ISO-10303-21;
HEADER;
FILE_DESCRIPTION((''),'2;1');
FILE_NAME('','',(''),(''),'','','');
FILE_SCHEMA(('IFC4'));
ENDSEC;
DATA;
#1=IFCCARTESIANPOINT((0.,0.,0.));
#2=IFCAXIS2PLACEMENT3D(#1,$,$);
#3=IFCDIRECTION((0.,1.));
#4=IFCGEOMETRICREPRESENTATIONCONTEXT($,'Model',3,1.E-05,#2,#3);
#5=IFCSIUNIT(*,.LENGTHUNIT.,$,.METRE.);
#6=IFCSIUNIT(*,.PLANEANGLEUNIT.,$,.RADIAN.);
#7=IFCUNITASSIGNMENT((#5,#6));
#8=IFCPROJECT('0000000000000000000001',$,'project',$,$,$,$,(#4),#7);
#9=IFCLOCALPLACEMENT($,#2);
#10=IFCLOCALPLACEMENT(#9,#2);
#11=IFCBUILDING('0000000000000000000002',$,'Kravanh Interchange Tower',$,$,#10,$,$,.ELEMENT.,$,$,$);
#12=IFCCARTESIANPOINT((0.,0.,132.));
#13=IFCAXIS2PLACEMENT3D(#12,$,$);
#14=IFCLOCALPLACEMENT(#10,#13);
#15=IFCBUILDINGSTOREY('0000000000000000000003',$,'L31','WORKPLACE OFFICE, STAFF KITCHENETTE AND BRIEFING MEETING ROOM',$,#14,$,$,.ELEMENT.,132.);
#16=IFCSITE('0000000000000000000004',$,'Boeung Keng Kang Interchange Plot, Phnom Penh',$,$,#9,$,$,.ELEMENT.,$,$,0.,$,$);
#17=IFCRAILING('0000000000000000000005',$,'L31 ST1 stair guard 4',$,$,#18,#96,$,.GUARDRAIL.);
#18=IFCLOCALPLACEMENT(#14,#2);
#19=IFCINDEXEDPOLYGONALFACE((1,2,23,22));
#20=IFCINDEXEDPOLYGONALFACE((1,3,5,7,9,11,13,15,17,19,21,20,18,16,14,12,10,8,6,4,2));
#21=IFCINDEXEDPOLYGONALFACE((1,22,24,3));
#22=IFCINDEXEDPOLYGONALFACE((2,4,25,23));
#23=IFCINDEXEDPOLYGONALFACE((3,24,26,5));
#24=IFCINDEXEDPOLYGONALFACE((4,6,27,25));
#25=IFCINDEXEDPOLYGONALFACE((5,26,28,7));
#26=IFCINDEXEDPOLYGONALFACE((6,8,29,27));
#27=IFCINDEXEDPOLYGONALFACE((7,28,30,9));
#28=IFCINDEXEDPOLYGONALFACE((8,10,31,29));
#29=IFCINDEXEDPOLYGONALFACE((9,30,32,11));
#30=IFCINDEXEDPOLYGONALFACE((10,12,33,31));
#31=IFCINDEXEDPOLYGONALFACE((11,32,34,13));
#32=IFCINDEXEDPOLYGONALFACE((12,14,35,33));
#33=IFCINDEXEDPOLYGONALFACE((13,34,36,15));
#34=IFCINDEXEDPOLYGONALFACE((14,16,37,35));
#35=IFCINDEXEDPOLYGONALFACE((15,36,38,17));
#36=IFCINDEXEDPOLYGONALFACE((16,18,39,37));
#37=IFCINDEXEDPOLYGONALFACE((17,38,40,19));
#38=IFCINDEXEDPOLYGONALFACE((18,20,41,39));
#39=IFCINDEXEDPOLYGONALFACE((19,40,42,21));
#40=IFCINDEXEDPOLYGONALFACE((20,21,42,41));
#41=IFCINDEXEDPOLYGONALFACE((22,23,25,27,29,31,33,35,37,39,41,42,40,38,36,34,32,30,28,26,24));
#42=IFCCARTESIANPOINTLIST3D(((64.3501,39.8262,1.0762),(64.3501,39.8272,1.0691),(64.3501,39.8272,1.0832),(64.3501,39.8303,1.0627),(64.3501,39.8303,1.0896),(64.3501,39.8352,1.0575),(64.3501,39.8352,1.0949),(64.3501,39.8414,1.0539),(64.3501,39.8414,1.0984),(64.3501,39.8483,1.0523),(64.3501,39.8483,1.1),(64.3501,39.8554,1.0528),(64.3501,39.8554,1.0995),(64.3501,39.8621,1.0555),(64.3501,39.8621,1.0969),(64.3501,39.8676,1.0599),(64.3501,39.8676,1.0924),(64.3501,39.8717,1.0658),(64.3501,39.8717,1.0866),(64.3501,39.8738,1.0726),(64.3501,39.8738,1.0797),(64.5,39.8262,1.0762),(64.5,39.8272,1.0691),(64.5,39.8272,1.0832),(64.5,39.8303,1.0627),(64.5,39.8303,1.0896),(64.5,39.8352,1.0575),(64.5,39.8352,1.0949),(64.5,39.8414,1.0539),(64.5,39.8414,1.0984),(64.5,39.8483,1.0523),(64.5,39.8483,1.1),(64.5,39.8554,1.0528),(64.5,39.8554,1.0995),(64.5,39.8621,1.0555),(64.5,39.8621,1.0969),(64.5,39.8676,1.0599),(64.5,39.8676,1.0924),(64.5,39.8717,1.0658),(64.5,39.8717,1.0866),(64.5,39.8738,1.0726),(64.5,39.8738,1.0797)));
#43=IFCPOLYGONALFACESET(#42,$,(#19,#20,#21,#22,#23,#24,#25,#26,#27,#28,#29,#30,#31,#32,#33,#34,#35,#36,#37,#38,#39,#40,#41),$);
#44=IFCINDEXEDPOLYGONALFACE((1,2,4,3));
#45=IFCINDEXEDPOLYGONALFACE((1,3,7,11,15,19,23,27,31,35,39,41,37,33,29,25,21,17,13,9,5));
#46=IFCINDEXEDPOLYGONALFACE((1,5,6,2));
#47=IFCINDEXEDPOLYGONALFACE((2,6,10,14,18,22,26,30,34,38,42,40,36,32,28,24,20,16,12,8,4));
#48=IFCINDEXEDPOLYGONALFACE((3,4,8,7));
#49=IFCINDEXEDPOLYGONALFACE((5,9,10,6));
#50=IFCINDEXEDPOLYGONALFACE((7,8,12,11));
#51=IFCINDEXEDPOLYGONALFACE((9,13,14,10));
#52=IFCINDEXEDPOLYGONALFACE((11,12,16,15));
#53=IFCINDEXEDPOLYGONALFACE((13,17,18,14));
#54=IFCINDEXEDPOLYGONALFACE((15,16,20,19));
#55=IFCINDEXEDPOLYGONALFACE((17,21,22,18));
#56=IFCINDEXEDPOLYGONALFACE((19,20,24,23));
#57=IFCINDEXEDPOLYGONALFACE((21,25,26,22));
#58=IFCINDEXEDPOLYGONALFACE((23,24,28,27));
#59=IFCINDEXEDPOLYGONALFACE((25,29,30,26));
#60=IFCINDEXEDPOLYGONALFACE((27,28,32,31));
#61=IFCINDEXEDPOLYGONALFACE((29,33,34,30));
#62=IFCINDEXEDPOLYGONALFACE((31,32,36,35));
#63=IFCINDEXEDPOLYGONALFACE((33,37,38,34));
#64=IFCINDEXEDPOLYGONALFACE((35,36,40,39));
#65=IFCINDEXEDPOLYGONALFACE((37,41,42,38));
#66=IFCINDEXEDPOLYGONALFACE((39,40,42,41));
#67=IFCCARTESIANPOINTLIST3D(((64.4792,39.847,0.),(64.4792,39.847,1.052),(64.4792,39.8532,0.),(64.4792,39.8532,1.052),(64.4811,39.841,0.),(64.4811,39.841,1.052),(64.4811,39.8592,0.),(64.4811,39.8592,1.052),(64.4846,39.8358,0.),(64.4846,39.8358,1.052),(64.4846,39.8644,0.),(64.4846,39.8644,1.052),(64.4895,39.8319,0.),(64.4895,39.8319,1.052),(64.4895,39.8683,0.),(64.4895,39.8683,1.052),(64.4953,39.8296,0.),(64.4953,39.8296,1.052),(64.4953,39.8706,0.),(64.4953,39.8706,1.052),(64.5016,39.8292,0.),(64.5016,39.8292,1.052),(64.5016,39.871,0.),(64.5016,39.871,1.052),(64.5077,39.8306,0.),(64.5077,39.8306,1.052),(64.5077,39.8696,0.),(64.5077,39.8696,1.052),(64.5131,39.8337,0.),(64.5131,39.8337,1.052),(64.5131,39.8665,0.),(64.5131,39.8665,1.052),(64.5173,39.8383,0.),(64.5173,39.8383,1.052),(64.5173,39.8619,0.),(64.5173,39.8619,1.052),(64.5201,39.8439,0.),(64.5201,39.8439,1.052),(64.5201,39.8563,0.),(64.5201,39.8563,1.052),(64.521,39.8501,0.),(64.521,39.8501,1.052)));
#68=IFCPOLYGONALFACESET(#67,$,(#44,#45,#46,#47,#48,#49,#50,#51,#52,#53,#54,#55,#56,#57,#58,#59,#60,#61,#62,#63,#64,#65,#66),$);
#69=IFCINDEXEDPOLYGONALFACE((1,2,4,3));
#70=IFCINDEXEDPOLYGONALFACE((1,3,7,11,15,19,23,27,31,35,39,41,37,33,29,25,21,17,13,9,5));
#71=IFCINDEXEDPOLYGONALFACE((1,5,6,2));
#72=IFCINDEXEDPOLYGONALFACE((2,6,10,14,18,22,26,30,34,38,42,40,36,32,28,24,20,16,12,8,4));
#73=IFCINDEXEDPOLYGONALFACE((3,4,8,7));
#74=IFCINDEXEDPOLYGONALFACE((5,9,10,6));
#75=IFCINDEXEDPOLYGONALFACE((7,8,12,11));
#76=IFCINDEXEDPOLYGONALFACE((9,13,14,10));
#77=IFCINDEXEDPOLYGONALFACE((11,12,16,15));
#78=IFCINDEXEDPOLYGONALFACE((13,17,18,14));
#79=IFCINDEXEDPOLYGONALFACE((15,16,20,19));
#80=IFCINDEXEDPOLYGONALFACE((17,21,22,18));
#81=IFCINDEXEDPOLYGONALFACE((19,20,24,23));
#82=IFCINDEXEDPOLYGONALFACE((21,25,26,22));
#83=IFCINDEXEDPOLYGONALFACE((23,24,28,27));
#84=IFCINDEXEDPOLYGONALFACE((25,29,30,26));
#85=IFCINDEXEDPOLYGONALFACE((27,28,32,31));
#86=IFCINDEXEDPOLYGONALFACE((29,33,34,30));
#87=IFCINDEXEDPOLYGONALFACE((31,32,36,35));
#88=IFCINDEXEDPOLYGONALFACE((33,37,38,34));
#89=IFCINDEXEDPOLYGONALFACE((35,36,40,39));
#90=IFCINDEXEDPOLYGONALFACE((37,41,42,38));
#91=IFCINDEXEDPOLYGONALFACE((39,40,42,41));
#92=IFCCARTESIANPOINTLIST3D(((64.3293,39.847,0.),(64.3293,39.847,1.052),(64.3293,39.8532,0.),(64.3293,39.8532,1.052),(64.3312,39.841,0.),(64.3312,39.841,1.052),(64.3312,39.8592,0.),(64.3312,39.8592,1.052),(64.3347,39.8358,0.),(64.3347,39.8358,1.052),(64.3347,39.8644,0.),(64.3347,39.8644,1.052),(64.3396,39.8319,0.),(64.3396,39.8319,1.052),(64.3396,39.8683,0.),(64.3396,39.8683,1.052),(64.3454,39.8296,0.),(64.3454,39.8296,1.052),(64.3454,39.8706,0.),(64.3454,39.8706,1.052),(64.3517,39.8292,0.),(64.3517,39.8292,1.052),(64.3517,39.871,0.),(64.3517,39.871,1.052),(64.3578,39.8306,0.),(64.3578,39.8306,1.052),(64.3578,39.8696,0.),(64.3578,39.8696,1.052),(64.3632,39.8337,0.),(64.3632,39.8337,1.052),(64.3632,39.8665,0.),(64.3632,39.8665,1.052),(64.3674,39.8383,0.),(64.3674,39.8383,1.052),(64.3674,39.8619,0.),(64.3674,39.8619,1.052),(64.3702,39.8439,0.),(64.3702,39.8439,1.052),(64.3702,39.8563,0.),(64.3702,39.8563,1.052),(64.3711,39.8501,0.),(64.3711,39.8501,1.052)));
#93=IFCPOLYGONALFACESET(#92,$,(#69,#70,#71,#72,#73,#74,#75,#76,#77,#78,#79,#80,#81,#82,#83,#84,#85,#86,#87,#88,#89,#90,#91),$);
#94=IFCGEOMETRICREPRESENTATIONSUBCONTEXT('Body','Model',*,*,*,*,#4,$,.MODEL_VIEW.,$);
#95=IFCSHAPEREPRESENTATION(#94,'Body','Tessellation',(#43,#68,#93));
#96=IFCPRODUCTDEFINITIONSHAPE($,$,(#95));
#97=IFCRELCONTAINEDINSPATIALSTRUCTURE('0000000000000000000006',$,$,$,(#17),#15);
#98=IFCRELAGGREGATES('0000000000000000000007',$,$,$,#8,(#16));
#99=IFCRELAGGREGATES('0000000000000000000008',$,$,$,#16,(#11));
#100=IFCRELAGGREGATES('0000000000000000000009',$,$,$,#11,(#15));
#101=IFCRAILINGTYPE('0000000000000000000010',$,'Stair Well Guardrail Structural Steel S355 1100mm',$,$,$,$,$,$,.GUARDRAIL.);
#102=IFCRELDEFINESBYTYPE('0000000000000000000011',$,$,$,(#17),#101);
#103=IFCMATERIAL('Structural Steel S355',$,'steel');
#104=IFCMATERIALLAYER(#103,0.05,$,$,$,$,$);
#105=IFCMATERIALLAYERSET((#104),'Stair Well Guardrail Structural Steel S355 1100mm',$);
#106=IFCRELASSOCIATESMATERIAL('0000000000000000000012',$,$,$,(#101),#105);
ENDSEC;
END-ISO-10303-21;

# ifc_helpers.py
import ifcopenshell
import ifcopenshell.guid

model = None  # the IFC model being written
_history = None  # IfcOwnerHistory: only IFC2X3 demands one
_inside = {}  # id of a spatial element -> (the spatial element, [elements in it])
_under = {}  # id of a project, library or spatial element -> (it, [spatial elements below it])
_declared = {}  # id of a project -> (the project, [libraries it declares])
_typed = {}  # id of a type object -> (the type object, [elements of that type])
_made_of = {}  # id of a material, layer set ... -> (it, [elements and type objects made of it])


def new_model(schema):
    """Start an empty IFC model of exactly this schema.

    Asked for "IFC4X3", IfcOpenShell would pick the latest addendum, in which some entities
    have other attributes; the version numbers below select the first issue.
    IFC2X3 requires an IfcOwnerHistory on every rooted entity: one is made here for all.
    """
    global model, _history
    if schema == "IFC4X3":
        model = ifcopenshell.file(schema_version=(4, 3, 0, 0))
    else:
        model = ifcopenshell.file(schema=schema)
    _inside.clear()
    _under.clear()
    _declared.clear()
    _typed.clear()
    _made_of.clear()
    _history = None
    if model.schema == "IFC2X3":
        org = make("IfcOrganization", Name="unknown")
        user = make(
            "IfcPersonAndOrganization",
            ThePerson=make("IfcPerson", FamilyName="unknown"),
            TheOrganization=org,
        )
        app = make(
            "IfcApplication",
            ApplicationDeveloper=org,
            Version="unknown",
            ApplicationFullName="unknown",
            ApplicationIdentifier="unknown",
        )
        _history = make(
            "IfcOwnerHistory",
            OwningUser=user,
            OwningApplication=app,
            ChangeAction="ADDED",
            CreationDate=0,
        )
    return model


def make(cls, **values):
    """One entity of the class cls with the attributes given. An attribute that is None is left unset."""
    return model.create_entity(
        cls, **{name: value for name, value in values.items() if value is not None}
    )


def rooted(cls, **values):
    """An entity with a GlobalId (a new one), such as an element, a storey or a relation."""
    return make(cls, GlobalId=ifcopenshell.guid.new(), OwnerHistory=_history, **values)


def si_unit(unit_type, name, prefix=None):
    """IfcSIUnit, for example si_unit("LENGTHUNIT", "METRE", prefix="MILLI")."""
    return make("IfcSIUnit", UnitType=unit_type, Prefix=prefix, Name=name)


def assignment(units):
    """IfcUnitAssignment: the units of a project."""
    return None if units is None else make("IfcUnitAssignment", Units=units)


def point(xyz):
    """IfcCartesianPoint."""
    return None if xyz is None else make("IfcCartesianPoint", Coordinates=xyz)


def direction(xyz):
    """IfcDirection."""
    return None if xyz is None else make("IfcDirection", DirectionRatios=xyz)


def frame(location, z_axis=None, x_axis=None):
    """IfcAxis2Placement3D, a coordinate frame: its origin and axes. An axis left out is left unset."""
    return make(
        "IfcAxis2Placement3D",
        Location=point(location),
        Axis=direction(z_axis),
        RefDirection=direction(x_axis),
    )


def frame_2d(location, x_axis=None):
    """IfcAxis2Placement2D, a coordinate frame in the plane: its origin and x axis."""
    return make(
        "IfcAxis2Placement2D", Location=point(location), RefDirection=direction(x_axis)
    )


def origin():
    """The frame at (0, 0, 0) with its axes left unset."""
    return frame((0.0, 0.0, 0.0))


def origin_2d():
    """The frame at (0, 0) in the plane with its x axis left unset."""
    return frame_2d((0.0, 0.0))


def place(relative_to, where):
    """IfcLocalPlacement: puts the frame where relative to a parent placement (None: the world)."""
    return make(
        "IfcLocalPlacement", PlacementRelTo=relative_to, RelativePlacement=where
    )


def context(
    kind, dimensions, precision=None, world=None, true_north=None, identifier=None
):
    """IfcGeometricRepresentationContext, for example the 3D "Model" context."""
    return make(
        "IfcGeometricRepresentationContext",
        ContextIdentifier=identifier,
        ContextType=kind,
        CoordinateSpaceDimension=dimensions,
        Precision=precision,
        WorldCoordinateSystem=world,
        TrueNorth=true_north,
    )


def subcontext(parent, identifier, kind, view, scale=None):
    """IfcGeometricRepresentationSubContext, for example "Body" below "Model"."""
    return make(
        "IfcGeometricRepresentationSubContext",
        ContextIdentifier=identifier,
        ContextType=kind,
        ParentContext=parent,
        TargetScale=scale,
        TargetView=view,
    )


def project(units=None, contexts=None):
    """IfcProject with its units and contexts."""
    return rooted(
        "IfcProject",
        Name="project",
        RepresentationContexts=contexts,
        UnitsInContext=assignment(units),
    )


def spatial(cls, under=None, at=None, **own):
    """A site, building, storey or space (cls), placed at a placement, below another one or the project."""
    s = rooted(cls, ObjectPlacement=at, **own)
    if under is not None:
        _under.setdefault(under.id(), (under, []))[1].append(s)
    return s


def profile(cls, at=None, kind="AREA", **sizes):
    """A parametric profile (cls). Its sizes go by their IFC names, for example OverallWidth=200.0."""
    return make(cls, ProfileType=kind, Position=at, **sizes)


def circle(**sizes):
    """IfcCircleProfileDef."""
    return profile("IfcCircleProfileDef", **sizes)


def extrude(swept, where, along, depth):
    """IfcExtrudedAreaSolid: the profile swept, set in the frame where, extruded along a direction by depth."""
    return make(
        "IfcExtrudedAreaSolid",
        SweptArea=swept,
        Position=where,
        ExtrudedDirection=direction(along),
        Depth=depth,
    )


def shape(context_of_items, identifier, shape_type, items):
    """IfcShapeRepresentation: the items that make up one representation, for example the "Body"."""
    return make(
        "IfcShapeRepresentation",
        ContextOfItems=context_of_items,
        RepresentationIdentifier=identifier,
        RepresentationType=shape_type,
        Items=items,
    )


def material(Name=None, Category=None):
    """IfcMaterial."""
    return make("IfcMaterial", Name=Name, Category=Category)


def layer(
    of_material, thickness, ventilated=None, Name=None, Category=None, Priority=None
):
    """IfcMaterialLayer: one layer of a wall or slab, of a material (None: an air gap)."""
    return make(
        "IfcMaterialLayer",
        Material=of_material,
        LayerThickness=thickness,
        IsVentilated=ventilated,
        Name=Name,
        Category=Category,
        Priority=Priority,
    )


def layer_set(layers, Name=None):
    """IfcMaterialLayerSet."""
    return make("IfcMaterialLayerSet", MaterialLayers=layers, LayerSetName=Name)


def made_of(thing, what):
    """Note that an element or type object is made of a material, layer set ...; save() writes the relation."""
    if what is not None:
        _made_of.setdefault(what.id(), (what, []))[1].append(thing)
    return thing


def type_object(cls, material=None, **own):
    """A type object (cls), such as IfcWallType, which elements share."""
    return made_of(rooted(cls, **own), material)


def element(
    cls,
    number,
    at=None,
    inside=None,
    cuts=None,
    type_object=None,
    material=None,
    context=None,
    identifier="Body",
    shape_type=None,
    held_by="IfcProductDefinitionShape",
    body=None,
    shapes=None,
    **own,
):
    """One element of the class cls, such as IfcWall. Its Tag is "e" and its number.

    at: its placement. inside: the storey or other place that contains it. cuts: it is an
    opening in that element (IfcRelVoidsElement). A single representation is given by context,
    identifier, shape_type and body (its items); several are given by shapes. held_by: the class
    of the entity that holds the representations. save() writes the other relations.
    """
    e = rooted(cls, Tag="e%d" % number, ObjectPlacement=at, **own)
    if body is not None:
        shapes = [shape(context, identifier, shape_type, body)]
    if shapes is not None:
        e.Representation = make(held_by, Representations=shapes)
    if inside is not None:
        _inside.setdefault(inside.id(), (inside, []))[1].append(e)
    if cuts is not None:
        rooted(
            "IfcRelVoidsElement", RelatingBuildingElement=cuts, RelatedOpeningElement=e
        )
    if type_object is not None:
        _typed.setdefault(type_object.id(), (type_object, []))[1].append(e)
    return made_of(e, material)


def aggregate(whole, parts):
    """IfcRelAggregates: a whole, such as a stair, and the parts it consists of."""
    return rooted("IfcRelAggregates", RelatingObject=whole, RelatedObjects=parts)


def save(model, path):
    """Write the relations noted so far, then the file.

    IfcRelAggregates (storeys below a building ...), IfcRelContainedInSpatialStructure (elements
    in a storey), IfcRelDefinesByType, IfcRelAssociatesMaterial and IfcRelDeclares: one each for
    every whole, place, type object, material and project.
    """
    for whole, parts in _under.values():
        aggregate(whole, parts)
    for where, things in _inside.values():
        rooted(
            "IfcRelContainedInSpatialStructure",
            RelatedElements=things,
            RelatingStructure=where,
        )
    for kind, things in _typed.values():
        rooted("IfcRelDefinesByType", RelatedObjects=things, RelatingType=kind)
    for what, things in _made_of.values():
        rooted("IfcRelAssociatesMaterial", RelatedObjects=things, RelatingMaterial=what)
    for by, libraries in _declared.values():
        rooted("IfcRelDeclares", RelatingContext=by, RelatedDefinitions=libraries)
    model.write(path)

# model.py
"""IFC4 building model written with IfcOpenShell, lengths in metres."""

from ifc_helpers import new_model, si_unit, direction, frame, origin, origin_2d, place, context, subcontext, project, spatial, circle, extrude, material, layer, layer_set, type_object, element, save


model = new_model("IFC4")

# Units and contexts
model_context = context("Model", 3, precision=1e-05, world=origin(), true_north=direction((0.0, 1.0)))
body_context = subcontext(model_context, "Body", "Model", "MODEL_VIEW")
ifc_project = project(units=[si_unit("LENGTHUNIT", "METRE"), si_unit("PLANEANGLEUNIT", "RADIAN")], contexts=[model_context])

# Site, building, storey
site_placement = place(None, origin())
site = spatial("IfcSite", under=ifc_project, at=site_placement, Name="Boeung Keng Kang Interchange Plot, Phnom Penh", CompositionType="ELEMENT", RefElevation=0.0)
building_placement = place(site_placement, origin())
building = spatial("IfcBuilding", under=site, at=building_placement, Name="Kravanh Interchange Tower", CompositionType="ELEMENT")
storey_placement = place(building_placement, frame((0.0, 0.0, 132.0)))
storey = spatial("IfcBuildingStorey", under=building, at=storey_placement, Name="L31", Description="WORKPLACE OFFICE, STAFF KITCHENETTE AND BRIEFING MEETING ROOM", CompositionType="ELEMENT", Elevation=132.0)

# Railing
ifc_material_1 = material(Name="Structural Steel S355", Category="steel")
ifc_layer_1 = layer(ifc_material_1, 0.05)
ifc_layer_set_1 = layer_set([ifc_layer_1], Name="Stair Well Guardrail Structural Steel S355 1100mm")
railing_type_1 = type_object("IfcRailingType", Name="Stair Well Guardrail Structural Steel S355 1100mm", PredefinedType="GUARDRAIL", material=ifc_layer_set_1)
railing_1_placement = place(storey_placement, frame((64.5, 39.8501, 0.0)))
element("IfcRailing", 1, at=railing_1_placement, inside=storey, type_object=railing_type_1, Name="L31 ST1 stair guard 4", PredefinedType="GUARDRAIL", context=body_context, shape_type="SweptSolid", body=[
    extrude(circle(Radius=0.0239, at=origin_2d()), frame((0.0, 0.0, 1.0762), z_axis=(-1.0, 0.0, 0.0), x_axis=(0.0, -1.0, 0.0)), (0.0, 0.0, 1.0), 0.1499),
    extrude(circle(Radius=0.021, at=origin_2d()), origin(), (0.0, 0.0, 1.0), 1.052),
    extrude(circle(Radius=0.021, at=origin_2d()), frame((-0.1499, 0.0, 0.0)), (0.0, 0.0, 1.0), 1.052),
])

save(model, "model.ifc")
